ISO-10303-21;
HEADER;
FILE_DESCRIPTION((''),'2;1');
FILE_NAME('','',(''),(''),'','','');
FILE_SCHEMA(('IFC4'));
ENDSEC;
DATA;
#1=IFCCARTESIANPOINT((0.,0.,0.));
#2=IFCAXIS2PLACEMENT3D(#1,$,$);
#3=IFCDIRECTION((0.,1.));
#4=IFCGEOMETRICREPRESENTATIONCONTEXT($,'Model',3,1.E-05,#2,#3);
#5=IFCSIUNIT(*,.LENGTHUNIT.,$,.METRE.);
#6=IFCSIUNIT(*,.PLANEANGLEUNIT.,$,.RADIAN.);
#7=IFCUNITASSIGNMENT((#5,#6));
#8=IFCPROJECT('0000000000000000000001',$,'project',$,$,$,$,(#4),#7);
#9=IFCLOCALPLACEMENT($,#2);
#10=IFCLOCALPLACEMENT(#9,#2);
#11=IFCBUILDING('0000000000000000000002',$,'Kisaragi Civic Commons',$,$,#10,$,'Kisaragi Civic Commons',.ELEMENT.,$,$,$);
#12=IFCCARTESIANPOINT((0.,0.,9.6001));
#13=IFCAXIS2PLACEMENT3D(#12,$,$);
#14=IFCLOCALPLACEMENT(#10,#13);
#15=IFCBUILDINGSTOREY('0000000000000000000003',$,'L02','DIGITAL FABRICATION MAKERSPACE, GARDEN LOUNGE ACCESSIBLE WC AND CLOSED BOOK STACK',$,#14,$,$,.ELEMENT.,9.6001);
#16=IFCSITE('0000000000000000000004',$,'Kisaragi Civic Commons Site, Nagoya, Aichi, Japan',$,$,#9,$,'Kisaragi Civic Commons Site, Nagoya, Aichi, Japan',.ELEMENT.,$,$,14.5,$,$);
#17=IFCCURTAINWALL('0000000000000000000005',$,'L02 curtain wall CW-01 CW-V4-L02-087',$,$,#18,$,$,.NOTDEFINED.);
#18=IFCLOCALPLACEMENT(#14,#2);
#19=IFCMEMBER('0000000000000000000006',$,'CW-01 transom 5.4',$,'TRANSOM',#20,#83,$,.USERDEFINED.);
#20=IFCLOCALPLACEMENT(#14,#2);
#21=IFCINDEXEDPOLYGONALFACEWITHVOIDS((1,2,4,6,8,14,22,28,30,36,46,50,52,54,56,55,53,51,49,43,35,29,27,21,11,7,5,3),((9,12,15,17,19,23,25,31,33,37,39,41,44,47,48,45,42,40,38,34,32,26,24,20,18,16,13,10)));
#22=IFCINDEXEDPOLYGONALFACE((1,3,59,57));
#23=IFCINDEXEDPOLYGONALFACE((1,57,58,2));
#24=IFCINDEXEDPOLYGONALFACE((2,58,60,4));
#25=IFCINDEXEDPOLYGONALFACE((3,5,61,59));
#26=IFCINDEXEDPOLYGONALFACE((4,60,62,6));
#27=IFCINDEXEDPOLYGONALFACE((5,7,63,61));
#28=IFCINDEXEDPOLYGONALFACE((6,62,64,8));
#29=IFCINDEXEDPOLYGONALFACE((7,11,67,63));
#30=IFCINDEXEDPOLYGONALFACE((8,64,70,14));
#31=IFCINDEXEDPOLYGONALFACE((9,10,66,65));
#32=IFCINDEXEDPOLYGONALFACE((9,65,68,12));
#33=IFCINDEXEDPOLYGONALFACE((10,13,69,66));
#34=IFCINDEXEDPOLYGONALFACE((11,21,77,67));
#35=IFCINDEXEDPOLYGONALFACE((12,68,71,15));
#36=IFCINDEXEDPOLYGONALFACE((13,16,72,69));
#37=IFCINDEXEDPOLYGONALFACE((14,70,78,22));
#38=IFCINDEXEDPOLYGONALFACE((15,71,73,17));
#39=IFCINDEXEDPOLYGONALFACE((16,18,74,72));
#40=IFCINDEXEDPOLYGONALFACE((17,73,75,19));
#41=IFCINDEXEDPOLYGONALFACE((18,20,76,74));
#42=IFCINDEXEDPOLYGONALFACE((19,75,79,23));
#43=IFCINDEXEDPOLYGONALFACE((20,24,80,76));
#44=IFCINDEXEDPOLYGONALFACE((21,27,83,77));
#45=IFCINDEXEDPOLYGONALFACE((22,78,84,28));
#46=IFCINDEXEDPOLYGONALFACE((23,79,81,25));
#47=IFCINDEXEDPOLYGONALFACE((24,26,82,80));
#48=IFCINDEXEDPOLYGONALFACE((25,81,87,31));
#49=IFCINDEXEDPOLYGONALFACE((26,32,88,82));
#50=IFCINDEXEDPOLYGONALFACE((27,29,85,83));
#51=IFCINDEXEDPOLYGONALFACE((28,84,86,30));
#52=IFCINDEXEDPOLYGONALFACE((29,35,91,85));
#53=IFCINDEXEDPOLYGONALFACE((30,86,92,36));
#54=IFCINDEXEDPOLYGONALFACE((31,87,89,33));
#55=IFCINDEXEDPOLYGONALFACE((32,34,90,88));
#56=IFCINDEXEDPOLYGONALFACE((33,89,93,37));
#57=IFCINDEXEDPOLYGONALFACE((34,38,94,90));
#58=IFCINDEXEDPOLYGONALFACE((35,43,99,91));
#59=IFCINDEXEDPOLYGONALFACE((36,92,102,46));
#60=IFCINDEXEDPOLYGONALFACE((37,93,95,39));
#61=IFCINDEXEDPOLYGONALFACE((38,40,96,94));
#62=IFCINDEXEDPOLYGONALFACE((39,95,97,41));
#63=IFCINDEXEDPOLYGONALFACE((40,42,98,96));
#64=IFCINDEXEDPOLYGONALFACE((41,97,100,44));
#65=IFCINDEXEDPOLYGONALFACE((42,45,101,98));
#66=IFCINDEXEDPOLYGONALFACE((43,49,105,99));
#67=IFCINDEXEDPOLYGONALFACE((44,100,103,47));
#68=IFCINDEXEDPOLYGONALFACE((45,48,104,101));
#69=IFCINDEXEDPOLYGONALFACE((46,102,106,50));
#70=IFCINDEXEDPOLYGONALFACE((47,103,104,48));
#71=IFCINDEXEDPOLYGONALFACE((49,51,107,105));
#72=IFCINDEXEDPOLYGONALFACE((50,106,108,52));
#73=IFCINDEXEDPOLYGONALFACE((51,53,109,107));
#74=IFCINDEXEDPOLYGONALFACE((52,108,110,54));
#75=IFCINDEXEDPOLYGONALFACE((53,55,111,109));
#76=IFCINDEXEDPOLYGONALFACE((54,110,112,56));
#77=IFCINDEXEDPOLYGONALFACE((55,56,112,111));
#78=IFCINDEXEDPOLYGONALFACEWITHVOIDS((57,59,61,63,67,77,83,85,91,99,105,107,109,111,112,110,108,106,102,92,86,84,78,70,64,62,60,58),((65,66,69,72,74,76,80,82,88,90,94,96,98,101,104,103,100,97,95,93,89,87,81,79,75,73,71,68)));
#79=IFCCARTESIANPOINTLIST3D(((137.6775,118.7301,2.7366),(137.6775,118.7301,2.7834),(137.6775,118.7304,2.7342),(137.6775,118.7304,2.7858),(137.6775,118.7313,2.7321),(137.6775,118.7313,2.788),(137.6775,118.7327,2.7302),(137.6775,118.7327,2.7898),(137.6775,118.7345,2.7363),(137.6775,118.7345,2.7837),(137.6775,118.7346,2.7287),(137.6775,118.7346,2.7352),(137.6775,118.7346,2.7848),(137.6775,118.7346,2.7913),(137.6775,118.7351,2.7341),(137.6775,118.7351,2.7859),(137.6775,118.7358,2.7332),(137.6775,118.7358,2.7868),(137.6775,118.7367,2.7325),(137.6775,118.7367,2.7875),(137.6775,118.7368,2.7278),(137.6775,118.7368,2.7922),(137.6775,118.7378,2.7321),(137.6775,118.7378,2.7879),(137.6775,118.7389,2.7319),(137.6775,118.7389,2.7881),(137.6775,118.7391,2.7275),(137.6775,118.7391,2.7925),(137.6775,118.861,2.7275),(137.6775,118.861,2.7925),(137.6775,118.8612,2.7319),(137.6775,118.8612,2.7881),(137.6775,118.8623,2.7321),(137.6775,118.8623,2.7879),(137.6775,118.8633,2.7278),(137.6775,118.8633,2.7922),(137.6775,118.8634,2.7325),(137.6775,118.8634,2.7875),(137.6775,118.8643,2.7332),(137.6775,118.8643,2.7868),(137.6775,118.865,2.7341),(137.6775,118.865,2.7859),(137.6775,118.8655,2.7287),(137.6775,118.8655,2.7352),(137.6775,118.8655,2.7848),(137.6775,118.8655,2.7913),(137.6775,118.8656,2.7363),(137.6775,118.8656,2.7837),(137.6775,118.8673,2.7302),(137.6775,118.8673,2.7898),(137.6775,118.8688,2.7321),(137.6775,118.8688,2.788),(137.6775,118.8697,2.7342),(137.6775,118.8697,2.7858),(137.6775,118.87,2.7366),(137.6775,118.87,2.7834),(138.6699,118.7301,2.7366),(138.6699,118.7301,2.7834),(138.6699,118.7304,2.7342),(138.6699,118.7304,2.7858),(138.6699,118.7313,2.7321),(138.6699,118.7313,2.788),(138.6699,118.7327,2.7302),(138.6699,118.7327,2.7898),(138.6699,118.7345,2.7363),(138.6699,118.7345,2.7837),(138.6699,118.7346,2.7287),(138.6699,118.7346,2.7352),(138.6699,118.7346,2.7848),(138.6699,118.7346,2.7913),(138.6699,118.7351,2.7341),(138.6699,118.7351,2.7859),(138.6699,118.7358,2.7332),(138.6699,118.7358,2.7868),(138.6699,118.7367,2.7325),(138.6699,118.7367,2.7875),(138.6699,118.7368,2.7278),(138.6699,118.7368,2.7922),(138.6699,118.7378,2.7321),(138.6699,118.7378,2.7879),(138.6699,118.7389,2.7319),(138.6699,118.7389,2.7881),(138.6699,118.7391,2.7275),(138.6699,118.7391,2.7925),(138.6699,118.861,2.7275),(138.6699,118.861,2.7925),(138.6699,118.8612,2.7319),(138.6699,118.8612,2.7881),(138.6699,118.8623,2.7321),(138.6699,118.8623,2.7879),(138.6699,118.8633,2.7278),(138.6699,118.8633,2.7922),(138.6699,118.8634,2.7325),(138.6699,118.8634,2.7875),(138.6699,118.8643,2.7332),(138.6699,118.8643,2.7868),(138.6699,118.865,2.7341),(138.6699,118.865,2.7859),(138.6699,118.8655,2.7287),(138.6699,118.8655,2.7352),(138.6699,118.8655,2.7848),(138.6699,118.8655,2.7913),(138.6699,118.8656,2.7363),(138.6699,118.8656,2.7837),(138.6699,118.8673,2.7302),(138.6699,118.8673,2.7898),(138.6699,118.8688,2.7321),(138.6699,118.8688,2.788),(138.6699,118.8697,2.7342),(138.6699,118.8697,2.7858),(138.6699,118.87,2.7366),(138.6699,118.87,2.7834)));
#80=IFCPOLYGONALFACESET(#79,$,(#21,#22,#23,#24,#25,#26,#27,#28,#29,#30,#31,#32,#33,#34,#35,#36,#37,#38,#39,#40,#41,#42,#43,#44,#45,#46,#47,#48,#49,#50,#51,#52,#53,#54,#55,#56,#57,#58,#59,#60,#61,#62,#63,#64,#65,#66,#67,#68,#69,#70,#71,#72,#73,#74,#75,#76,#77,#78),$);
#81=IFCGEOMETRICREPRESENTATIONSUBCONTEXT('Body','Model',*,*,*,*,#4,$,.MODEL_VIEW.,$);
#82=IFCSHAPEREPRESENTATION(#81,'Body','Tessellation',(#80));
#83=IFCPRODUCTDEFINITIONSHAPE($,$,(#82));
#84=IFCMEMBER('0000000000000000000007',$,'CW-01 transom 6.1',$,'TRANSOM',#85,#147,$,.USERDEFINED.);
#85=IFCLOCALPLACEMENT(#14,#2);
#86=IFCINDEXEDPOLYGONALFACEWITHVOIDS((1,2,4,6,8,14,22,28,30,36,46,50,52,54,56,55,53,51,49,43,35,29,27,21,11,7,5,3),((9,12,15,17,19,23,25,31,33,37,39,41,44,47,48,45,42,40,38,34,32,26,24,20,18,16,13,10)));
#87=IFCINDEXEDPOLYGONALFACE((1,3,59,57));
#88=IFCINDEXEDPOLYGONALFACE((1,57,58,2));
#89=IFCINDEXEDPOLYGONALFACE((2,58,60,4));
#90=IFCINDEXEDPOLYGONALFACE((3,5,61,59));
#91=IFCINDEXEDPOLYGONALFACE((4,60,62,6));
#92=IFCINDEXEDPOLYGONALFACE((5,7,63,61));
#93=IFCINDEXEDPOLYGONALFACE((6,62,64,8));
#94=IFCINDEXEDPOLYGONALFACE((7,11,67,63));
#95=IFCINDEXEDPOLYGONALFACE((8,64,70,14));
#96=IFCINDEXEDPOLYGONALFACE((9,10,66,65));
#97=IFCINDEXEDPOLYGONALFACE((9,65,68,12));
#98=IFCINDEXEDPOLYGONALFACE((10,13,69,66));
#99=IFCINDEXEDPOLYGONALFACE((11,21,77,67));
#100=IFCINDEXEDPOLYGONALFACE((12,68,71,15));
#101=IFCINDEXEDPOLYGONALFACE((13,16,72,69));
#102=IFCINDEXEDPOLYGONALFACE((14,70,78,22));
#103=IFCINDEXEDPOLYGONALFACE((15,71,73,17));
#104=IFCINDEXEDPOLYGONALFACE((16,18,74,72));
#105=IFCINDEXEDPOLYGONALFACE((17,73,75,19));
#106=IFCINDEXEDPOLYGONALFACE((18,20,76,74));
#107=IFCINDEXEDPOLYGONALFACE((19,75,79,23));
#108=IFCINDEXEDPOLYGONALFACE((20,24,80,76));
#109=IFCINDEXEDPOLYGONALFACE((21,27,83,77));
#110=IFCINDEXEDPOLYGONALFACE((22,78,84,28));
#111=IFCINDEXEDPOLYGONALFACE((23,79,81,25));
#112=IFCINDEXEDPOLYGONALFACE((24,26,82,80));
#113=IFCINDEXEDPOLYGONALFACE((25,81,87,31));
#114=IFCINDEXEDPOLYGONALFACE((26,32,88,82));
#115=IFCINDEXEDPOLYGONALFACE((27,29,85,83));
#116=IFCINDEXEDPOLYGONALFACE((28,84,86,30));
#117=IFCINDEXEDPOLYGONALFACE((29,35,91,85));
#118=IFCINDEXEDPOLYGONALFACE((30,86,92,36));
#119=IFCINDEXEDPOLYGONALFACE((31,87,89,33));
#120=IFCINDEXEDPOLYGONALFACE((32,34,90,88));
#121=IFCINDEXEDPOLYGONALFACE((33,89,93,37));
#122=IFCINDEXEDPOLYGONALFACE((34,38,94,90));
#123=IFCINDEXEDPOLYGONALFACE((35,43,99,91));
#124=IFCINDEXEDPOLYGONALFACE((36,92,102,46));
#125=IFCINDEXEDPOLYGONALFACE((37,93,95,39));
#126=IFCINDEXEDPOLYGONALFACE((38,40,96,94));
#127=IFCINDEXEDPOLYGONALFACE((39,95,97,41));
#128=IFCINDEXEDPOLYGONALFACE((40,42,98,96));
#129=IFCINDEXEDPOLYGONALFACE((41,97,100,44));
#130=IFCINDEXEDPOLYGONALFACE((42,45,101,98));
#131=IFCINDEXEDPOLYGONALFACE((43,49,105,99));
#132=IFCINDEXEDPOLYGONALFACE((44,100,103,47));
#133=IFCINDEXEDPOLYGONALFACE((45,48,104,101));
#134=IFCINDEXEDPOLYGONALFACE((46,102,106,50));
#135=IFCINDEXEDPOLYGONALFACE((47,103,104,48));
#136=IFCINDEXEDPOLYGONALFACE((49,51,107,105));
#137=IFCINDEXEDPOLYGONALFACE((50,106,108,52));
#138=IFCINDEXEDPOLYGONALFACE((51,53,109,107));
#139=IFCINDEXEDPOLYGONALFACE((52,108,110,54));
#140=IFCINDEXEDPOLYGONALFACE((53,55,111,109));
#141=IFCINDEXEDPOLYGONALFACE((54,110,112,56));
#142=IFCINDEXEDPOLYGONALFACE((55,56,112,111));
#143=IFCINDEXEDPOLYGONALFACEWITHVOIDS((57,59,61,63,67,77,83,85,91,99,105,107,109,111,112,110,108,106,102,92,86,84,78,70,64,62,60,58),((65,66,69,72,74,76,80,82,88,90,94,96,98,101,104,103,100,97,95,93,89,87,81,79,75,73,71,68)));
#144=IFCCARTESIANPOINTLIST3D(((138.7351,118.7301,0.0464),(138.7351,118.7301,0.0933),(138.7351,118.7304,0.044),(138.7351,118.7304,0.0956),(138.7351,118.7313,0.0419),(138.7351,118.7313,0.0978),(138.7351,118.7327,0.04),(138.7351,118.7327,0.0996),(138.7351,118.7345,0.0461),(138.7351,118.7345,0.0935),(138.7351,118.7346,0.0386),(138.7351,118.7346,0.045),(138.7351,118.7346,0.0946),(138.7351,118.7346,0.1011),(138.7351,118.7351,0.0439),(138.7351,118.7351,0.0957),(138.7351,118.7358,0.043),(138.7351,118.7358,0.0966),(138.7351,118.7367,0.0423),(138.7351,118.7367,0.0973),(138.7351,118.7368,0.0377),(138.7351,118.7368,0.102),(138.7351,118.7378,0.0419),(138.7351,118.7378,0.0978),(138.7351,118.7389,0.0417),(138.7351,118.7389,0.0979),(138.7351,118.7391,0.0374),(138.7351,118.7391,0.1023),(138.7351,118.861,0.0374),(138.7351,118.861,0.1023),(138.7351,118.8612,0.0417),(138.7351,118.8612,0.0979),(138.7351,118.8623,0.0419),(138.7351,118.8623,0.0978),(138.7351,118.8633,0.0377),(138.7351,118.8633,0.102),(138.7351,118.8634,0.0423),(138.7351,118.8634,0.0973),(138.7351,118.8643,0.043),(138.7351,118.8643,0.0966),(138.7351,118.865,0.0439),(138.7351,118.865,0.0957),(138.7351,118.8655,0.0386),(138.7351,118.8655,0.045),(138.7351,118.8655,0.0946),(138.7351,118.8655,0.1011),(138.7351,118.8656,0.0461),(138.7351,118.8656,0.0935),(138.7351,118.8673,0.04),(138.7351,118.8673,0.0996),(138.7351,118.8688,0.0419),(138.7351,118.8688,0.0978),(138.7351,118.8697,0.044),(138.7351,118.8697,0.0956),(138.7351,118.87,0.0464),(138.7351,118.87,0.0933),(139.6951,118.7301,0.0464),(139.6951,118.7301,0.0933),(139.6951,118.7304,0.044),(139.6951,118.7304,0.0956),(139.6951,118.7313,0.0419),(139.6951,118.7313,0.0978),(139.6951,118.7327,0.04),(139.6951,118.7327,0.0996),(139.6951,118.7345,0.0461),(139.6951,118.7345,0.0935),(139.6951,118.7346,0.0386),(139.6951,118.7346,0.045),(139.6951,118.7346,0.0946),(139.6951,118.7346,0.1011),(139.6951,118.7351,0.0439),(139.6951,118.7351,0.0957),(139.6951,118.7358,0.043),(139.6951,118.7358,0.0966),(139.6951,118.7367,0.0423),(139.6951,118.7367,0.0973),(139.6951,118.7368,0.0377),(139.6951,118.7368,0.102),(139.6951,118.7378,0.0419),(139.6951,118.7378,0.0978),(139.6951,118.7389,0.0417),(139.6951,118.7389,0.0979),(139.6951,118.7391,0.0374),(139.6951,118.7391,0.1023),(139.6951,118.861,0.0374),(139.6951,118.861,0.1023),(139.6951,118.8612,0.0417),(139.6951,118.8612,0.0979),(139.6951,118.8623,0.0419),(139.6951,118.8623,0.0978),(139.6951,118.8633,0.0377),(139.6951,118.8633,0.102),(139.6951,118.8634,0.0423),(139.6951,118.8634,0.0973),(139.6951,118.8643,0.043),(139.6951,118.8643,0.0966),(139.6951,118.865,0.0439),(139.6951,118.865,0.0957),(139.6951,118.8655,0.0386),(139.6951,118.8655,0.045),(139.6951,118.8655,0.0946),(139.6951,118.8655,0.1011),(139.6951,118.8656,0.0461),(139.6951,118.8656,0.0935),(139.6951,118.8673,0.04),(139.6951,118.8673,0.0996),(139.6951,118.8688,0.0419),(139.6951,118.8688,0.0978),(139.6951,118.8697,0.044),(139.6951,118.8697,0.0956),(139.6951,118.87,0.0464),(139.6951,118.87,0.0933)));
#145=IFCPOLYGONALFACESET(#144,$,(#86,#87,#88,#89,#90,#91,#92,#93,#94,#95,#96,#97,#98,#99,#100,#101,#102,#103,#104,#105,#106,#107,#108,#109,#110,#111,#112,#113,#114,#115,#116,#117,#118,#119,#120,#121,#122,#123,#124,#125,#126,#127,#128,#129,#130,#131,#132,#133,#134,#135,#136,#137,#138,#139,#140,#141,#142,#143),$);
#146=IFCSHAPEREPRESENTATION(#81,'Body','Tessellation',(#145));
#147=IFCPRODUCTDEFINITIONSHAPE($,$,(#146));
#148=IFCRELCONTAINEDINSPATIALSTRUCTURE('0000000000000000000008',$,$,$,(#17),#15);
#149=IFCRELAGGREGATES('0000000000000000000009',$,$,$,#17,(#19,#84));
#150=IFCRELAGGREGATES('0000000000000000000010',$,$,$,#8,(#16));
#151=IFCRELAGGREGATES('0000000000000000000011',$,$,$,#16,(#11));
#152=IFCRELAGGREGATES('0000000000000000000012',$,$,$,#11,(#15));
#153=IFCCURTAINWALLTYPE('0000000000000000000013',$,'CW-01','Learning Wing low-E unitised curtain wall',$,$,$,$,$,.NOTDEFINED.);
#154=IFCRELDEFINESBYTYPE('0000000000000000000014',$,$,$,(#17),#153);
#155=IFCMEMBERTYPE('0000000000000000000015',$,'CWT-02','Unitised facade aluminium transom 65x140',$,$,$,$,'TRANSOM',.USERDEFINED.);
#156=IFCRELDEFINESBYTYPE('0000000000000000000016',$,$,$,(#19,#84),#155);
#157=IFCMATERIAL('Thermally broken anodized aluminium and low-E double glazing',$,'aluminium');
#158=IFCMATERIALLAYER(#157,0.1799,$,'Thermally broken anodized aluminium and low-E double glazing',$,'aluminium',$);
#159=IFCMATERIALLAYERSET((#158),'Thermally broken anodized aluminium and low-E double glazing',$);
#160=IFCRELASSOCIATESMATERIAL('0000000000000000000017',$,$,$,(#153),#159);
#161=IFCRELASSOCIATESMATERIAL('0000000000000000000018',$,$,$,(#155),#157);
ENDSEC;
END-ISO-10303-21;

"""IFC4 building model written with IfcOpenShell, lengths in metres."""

from ifc_helpers import new_model, si_unit, direction, frame, origin, origin_2d, place, context, subcontext, project, spatial, hollow_rectangle, extrude, material, layer, layer_set, material_profile, profile_set, type_object, element, aggregate, save


model = new_model("IFC4")

# Units and contexts
model_context = context("Model", 3, precision=1e-05, world=origin(), true_north=direction((0.0, 1.0)))
body_context = subcontext(model_context, "Body", "Model", "MODEL_VIEW")
ifc_project = project(units=[si_unit("LENGTHUNIT", "METRE"), si_unit("PLANEANGLEUNIT", "RADIAN")], contexts=[model_context])

# Site, building, storey
site_placement = place(None, origin())
site = spatial("IfcSite", under=ifc_project, at=site_placement, Name="Kisaragi Civic Commons Site, Nagoya, Aichi, Japan", LongName="Kisaragi Civic Commons Site, Nagoya, Aichi, Japan", CompositionType="ELEMENT", RefElevation=14.5)
building_placement = place(site_placement, origin())
building = spatial("IfcBuilding", under=site, at=building_placement, Name="Kisaragi Civic Commons", LongName="Kisaragi Civic Commons", CompositionType="ELEMENT")
storey_placement = place(building_placement, frame((0.0, 0.0, 9.6001)))
storey = spatial("IfcBuildingStorey", under=building, at=storey_placement, Name="L02", Description="DIGITAL FABRICATION MAKERSPACE, GARDEN LOUNGE ACCESSIBLE WC AND CLOSED BOOK STACK", CompositionType="ELEMENT", Elevation=9.6001)

# Curtain wall
ifc_material = material(Name="Thermally broken anodized aluminium and low-E double glazing", Category="aluminium")
ifc_layer_1 = layer(ifc_material, 0.1799, Name="Thermally broken anodized aluminium and low-E double glazing", Category="aluminium")
ifc_layer_set_1 = layer_set([ifc_layer_1], Name="Thermally broken anodized aluminium and low-E double glazing")
curtain_wall_type = type_object("IfcCurtainWallType", Name="CW-01", Description="Learning Wing low-E unitised curtain wall", PredefinedType="NOTDEFINED", material=ifc_layer_set_1)
curtain_wall_1_placement = place(storey_placement, origin())
curtain_wall_1 = element("IfcCurtainWall", 1, at=curtain_wall_1_placement, inside=storey, type_object=curtain_wall_type, Name="L02 curtain wall CW-01 CW-V4-L02-087", PredefinedType="NOTDEFINED")

# Members
ifc_material_profile_1 = material_profile(ifc_material, hollow_rectangle(XDim=0.1399, YDim=0.0649, WallThickness=0.0044, InnerFilletRadius=0.0044, OuterFilletRadius=0.009, at=origin_2d()), Name="CWT-65x140x4.5", Category="aluminium")
ifc_profile_set_1 = profile_set([ifc_material_profile_1], Name="Thermally broken anodized aluminium and low-E double glazing")
member_type_1 = type_object("IfcMemberType", Name="CWT-02", Description="Unitised facade aluminium transom 65x140", ElementType="TRANSOM", PredefinedType="USERDEFINED", material=ifc_profile_set_1)
member_1_placement = place(storey_placement, frame((137.6775, 118.8, 2.76), z_axis=(1.0, 0.0, 0.0), x_axis=(0.0, 1.0, 0.0)))
member_1 = element("IfcMember", 2, at=member_1_placement, type_object=member_type_1, Name="CW-01 transom 5.4", ObjectType="TRANSOM", PredefinedType="USERDEFINED", context=body_context, shape_type="SweptSolid", body=[
    extrude(hollow_rectangle(XDim=0.1399, YDim=0.0649, WallThickness=0.0044, InnerFilletRadius=0.0044, OuterFilletRadius=0.009, at=origin_2d()), origin(), (0.0, 0.0, 1.0), 0.9924),
])
member_2_placement = place(storey_placement, frame((138.7351, 118.8, 0.0698), z_axis=(1.0, 0.0, 0.0), x_axis=(0.0, 1.0, 0.0)))
member_2 = element("IfcMember", 3, at=member_2_placement, type_object=member_type_1, Name="CW-01 transom 6.1", ObjectType="TRANSOM", PredefinedType="USERDEFINED", context=body_context, shape_type="SweptSolid", body=[
    extrude(hollow_rectangle(XDim=0.1399, YDim=0.0649, WallThickness=0.0044, InnerFilletRadius=0.0044, OuterFilletRadius=0.009, at=origin_2d()), origin(), (0.0, 0.0, 1.0), 0.96),
])

aggregate(curtain_wall_1, [member_1, member_2])

save(model, "model.ifc")
